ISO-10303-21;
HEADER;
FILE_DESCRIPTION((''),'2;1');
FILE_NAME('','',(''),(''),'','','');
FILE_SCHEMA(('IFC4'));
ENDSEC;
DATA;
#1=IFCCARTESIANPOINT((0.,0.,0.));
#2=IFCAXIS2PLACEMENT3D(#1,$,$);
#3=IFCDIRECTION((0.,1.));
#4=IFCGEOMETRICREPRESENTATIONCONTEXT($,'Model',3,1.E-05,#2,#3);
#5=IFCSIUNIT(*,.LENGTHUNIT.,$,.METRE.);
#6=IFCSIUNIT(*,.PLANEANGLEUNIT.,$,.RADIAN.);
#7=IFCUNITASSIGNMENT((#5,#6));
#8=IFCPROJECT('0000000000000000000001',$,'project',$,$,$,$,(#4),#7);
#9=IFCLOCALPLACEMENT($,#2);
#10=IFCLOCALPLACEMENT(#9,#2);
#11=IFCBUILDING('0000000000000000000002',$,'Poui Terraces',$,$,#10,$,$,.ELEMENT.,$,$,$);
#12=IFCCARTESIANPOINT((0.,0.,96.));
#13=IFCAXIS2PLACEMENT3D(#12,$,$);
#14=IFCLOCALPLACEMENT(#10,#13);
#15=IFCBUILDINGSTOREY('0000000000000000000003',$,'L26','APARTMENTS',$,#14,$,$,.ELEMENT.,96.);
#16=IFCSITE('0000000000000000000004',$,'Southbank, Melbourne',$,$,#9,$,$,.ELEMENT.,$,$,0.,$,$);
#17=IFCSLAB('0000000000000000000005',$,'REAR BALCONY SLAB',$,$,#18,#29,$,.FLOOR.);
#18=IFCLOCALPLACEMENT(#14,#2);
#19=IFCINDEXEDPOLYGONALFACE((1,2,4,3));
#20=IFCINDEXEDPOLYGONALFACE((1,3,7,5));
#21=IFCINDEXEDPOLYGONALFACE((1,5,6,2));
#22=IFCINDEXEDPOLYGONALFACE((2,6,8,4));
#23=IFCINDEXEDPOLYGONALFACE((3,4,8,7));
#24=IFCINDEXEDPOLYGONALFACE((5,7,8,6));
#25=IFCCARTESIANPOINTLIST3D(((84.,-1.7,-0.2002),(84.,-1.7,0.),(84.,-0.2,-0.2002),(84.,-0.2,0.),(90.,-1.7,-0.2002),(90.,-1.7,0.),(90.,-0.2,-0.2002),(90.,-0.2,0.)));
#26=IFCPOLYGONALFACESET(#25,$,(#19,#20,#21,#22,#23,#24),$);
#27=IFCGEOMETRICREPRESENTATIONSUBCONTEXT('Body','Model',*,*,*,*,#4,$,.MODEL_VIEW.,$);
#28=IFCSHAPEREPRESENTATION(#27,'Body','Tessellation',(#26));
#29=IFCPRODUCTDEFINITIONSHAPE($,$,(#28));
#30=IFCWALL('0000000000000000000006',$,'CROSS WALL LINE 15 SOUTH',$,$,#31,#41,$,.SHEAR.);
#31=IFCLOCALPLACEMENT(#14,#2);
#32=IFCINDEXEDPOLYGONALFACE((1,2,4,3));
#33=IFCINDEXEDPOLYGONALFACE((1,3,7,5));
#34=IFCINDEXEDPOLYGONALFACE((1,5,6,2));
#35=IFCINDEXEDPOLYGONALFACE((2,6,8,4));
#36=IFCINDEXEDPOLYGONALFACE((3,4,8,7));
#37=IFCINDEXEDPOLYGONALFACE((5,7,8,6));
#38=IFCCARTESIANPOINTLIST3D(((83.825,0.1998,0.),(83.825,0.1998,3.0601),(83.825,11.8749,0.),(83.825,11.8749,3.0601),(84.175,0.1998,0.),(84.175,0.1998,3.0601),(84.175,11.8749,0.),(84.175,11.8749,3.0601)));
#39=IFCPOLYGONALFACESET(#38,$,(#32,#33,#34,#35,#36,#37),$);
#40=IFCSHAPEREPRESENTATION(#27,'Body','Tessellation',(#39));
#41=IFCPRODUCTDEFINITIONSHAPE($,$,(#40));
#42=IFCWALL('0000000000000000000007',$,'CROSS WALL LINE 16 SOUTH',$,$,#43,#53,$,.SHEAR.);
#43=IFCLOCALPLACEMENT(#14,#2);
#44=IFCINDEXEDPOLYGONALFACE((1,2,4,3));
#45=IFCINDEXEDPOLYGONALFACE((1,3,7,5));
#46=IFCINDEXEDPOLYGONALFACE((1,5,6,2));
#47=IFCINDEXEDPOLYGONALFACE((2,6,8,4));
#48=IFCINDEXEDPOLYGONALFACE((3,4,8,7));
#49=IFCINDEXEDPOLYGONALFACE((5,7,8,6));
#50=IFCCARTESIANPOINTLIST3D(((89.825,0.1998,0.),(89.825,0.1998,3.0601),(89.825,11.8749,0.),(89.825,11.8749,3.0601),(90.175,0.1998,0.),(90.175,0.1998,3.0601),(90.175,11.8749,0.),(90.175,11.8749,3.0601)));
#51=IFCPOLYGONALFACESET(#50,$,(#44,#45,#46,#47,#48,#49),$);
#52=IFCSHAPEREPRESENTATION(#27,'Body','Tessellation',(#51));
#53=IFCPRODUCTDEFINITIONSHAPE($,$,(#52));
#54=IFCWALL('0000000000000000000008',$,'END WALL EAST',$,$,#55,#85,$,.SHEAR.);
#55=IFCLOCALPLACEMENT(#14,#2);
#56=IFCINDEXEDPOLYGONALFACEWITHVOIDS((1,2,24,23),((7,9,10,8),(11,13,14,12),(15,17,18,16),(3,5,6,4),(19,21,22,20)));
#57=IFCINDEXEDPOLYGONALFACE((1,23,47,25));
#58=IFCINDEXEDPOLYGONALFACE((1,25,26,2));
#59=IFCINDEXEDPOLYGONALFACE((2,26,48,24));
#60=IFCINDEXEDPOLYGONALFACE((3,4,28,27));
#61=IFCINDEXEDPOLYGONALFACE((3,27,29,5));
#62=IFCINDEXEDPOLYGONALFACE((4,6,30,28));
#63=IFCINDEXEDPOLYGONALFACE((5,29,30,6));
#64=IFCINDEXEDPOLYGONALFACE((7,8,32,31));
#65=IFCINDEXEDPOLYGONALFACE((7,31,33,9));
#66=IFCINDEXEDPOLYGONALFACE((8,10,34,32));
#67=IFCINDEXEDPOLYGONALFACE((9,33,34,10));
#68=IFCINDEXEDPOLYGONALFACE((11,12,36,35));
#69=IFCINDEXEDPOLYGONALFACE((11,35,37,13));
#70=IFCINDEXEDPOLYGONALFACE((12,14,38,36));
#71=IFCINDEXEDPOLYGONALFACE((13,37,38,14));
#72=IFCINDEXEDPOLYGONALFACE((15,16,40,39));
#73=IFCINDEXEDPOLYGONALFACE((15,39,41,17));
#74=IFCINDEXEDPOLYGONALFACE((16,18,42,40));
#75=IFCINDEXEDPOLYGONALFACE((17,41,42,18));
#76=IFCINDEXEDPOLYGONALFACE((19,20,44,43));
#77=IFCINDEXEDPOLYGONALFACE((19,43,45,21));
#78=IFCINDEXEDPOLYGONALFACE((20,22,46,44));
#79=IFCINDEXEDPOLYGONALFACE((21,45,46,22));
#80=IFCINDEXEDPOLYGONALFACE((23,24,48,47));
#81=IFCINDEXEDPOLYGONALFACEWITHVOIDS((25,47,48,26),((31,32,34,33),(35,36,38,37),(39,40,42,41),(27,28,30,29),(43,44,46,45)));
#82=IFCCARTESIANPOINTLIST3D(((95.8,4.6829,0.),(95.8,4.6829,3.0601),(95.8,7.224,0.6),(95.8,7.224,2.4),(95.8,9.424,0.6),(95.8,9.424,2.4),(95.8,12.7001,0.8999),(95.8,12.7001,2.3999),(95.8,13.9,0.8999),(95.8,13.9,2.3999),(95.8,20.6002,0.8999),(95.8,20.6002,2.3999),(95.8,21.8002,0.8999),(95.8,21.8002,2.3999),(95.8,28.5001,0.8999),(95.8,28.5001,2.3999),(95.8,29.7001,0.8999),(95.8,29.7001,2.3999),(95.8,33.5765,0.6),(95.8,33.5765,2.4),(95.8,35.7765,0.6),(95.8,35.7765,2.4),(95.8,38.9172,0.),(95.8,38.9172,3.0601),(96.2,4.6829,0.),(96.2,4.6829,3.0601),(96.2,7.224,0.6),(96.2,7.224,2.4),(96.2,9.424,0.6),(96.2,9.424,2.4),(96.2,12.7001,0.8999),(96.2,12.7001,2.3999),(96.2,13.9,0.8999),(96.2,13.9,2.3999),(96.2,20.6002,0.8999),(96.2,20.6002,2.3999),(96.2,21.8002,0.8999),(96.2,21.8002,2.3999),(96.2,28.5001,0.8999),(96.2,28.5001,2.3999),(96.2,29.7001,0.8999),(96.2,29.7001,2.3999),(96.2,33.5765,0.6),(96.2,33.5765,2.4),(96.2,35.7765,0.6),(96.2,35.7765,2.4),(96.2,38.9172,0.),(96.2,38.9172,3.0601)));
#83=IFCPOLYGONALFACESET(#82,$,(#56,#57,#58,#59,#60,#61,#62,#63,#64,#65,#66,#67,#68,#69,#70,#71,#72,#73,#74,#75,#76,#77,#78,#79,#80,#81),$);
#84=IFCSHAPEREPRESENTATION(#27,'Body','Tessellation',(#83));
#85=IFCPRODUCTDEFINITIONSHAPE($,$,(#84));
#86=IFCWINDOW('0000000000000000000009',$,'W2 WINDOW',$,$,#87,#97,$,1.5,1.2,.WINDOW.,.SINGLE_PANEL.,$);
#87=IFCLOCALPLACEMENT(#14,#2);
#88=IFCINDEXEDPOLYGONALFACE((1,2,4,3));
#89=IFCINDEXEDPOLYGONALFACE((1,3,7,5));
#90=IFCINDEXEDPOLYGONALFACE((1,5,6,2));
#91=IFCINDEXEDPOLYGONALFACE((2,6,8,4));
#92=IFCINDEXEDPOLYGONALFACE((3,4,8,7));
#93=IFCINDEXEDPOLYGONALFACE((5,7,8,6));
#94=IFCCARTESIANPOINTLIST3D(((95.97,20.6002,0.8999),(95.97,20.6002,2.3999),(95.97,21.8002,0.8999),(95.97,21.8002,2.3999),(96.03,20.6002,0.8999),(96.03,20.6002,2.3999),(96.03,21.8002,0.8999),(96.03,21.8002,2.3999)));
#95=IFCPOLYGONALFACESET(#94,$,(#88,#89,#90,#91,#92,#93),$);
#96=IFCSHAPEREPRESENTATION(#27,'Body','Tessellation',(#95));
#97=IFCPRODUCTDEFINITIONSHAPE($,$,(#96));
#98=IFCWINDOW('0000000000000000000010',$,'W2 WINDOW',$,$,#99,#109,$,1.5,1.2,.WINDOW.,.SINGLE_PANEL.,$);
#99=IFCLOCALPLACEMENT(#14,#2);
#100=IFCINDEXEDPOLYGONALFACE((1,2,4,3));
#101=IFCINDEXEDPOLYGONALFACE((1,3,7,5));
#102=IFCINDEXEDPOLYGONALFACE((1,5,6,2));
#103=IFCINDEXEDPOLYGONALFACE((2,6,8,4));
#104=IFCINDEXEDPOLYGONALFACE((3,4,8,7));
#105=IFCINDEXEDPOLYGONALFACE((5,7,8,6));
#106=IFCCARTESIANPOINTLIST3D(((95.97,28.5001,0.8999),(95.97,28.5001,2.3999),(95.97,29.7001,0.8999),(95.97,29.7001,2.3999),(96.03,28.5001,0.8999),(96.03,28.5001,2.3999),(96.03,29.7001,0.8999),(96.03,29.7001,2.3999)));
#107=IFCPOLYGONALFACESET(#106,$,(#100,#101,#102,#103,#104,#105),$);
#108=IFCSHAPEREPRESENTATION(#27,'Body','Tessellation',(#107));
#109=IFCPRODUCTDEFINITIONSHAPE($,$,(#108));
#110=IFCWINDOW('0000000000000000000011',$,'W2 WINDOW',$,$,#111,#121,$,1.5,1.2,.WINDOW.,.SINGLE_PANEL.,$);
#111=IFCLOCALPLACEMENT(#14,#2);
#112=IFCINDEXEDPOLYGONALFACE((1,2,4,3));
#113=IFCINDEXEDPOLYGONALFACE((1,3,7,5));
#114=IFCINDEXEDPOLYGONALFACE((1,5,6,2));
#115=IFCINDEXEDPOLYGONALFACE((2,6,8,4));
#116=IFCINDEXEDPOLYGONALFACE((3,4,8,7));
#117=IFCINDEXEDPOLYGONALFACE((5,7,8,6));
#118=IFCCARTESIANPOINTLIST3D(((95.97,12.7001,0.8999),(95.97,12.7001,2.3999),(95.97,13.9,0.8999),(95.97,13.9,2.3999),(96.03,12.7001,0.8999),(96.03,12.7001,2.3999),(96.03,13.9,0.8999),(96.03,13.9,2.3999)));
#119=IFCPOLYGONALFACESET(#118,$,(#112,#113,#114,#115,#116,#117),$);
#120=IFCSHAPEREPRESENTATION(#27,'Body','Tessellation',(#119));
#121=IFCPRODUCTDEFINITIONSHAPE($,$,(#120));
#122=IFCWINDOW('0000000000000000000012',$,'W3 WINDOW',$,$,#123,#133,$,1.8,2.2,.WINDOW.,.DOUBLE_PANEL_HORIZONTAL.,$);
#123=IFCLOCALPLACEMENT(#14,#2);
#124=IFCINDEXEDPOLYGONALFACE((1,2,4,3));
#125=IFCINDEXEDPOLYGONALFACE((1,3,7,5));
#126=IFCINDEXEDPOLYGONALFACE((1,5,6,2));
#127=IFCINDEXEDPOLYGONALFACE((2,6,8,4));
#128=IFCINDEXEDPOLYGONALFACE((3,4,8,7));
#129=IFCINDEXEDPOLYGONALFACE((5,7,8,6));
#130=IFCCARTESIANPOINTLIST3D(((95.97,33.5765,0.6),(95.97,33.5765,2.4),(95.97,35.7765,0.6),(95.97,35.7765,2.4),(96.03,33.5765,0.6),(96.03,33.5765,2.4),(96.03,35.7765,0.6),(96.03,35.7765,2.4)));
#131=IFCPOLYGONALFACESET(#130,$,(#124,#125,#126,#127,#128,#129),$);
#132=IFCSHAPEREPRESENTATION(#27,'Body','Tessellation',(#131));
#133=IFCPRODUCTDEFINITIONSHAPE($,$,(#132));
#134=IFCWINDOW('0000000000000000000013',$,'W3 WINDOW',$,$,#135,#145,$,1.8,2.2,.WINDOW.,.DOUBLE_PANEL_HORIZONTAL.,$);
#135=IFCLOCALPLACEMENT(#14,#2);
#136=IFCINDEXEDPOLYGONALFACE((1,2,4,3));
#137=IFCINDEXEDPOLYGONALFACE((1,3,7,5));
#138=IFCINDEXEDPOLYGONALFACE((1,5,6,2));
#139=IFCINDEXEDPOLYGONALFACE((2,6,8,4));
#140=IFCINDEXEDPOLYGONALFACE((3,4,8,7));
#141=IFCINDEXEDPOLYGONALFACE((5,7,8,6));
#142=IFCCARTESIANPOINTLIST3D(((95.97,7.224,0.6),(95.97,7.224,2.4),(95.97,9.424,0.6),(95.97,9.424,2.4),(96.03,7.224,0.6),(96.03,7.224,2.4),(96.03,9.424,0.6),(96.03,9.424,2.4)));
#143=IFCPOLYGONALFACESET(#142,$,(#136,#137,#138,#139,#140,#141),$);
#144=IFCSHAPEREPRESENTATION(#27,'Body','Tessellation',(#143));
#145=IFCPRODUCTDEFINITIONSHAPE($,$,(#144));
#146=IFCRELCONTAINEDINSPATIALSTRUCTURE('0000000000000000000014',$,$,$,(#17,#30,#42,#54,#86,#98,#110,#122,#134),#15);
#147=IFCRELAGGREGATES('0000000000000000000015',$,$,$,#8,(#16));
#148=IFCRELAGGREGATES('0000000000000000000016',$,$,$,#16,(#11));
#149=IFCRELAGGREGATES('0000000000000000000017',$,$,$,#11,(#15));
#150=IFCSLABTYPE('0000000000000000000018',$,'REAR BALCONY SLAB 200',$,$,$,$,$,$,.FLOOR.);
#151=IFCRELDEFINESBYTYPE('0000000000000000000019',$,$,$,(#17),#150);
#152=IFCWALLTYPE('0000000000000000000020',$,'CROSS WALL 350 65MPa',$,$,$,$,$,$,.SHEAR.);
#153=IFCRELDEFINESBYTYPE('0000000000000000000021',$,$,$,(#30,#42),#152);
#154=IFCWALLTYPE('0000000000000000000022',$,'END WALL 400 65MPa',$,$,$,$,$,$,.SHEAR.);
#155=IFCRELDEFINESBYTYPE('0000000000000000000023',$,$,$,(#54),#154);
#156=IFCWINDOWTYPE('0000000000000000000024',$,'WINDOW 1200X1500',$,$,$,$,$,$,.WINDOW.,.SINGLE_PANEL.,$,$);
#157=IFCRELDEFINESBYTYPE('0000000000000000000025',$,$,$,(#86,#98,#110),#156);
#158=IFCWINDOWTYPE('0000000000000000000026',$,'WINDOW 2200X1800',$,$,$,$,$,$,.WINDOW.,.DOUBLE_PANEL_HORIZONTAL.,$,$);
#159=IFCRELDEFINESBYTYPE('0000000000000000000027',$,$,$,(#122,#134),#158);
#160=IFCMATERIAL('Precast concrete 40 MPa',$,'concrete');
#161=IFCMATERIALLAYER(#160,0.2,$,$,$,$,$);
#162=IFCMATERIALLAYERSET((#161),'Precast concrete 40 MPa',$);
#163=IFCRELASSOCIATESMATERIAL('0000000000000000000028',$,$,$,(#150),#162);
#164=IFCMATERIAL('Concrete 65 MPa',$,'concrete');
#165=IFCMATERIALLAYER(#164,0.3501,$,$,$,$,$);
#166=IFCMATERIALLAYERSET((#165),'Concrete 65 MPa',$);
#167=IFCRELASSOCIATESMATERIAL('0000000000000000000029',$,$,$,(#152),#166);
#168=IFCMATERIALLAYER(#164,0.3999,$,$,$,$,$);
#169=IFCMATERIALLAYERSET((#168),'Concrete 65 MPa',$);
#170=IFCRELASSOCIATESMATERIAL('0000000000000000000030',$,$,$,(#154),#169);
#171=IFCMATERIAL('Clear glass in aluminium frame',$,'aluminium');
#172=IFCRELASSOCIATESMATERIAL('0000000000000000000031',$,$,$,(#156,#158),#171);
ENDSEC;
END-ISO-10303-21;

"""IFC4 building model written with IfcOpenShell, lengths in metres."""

from ifc_helpers import new_model, si_unit, direction, frame, frame_2d, origin, place, context, subcontext, project, spatial, polyline, rectangle, outline, extrude, source, transform, mapped, material, layer, layer_set, type_object, element, fill, save


model = new_model("IFC4")

# Units and contexts
model_context = context("Model", 3, precision=1e-05, world=origin(), true_north=direction((0.0, 1.0)))
body_context = subcontext(model_context, "Body", "Model", "MODEL_VIEW")
ifc_project = project(units=[si_unit("LENGTHUNIT", "METRE"), si_unit("PLANEANGLEUNIT", "RADIAN")], contexts=[model_context])

# Site, building, storey
site_placement = place(None, origin())
site = spatial("IfcSite", under=ifc_project, at=site_placement, Name="Southbank, Melbourne", CompositionType="ELEMENT", RefElevation=0.0)
building_placement = place(site_placement, origin())
building = spatial("IfcBuilding", under=site, at=building_placement, Name="Poui Terraces", CompositionType="ELEMENT")
storey_placement = place(building_placement, frame((0.0, 0.0, 96.0)))
storey = spatial("IfcBuildingStorey", under=building, at=storey_placement, Name="L26", Description="APARTMENTS", CompositionType="ELEMENT", Elevation=96.0)

# Slab
ifc_material_1 = material(Name="Precast concrete 40 MPa", Category="concrete")
ifc_layer_1 = layer(ifc_material_1, 0.2)
ifc_layer_set_1 = layer_set([ifc_layer_1], Name="Precast concrete 40 MPa")
slab_type = type_object("IfcSlabType", Name="REAR BALCONY SLAB 200", PredefinedType="FLOOR", material=ifc_layer_set_1)
shared_shape_1 = source(origin(), body_context, "Body", "SweptSolid", [
    extrude(outline(polyline([(0.0, 0.0), (6.0, 0.0), (6.0, 1.5), (0.0, 1.5), (0.0, 0.0)])), origin(), (0.0, 0.0, 1.0), 0.2002),
])
slab_placement = place(storey_placement, frame((84.0, -1.7, -0.2002)))
element("IfcSlab", 1, at=slab_placement, inside=storey, type_object=slab_type, Name="REAR BALCONY SLAB", PredefinedType="FLOOR", context=body_context, shape_type="MappedRepresentation", body=[
    mapped(shared_shape_1, transform((0.0, 0.0, 0.0))),
])

# Walls
ifc_material_2 = material(Name="Concrete 65 MPa", Category="concrete")
ifc_layer_2 = layer(ifc_material_2, 0.3501)
ifc_layer_set_2 = layer_set([ifc_layer_2], Name="Concrete 65 MPa")
wall_type_1 = type_object("IfcWallType", Name="CROSS WALL 350 65MPa", PredefinedType="SHEAR", material=ifc_layer_set_2)
for number, where, z_axis, x_axis, name in (
    (2, (84.0, 0.2, 0.0), (0.0, 0.0, 1.0), (0.0, 1.0, 0.0), "CROSS WALL LINE 15 SOUTH"),
    (3, (90.0, 0.2, 0.0), (0.0, 0.0, 1.0), (0.0, 1.0, 0.0), "CROSS WALL LINE 16 SOUTH"),
):
    element("IfcWall", number, at=place(storey_placement, frame(where, z_axis=z_axis, x_axis=x_axis)), inside=storey, type_object=wall_type_1, Name=name, PredefinedType="SHEAR", context=body_context, shape_type="SweptSolid", body=[
        extrude(rectangle(XDim=11.675, YDim=0.3501, at=frame_2d((5.8374, 0.0))), origin(), (0.0, 0.0, 1.0), 3.0601),
    ])

# Wall, openings, windows
ifc_layer_3 = layer(ifc_material_2, 0.3999)
ifc_layer_set_3 = layer_set([ifc_layer_3], Name="Concrete 65 MPa")
wall_type_2 = type_object("IfcWallType", Name="END WALL 400 65MPa", PredefinedType="SHEAR", material=ifc_layer_set_3)
wall_1_placement = place(storey_placement, frame((96.0, 4.6829, 0.0), z_axis=(0.0, 0.0, 1.0), x_axis=(0.0, 1.0, 0.0)))
wall_1 = element("IfcWall", 4, at=wall_1_placement, inside=storey, type_object=wall_type_2, Name="END WALL EAST", PredefinedType="SHEAR", context=body_context, shape_type="SweptSolid", body=[
    extrude(rectangle(XDim=34.2344, YDim=0.3999, at=frame_2d((17.1172, 0.0))), origin(), (0.0, 0.0, 1.0), 3.0601),
])
opening_1_placement = place(wall_1_placement, frame((15.9172, 0.0, 0.8999)))
opening_1 = element("IfcOpeningElement", 5, at=opening_1_placement, cuts=wall_1, PredefinedType="OPENING", context=body_context, shape_type="SweptSolid", body=[
    extrude(rectangle(XDim=1.2, YDim=1.5, at=frame_2d((0.6001, 0.75))), frame((0.0, 0.21, 0.0), z_axis=(0.0, -1.0, 0.0), x_axis=(1.0, 0.0, 0.0)), (0.0, 0.0, 1.0), 0.4199),
])
opening_2_placement = place(wall_1_placement, frame((23.8171, 0.0, 0.8999)))
opening_2 = element("IfcOpeningElement", 6, at=opening_2_placement, cuts=wall_1, PredefinedType="OPENING", context=body_context, shape_type="SweptSolid", body=[
    extrude(rectangle(XDim=1.2, YDim=1.5, at=frame_2d((0.6001, 0.75))), frame((0.0, 0.21, 0.0), z_axis=(0.0, -1.0, 0.0), x_axis=(1.0, 0.0, 0.0)), (0.0, 0.0, 1.0), 0.4199),
])
opening_3_placement = place(wall_1_placement, frame((8.0171, 0.0, 0.8999)))
opening_3 = element("IfcOpeningElement", 7, at=opening_3_placement, cuts=wall_1, PredefinedType="OPENING", context=body_context, shape_type="SweptSolid", body=[
    extrude(rectangle(XDim=1.2, YDim=1.5, at=frame_2d((0.6001, 0.75))), frame((0.0, 0.21, 0.0), z_axis=(0.0, -1.0, 0.0), x_axis=(1.0, 0.0, 0.0)), (0.0, 0.0, 1.0), 0.4199),
])
opening_4_placement = place(wall_1_placement, frame((28.8936, 0.0, 0.6001)))
opening_4 = element("IfcOpeningElement", 8, at=opening_4_placement, cuts=wall_1, PredefinedType="OPENING", context=body_context, shape_type="SweptSolid", body=[
    extrude(rectangle(XDim=2.2, YDim=1.8, at=frame_2d((1.1001, 0.8999))), frame((0.0, 0.21, 0.0), z_axis=(0.0, -1.0, 0.0), x_axis=(1.0, 0.0, 0.0)), (0.0, 0.0, 1.0), 0.4199),
])
opening_5_placement = place(wall_1_placement, frame((2.541, 0.0, 0.6001)))
opening_5 = element("IfcOpeningElement", 9, at=opening_5_placement, cuts=wall_1, PredefinedType="OPENING", context=body_context, shape_type="SweptSolid", body=[
    extrude(rectangle(XDim=2.2, YDim=1.8, at=frame_2d((1.1001, 0.8999))), frame((0.0, 0.21, 0.0), z_axis=(0.0, -1.0, 0.0), x_axis=(1.0, 0.0, 0.0)), (0.0, 0.0, 1.0), 0.4199),
])
ifc_material_3 = material(Name="Clear glass in aluminium frame", Category="aluminium")
window_type_1 = type_object("IfcWindowType", Name="WINDOW 1200X1500", PartitioningType="SINGLE_PANEL", PredefinedType="WINDOW", material=ifc_material_3)
window_1_placement = place(opening_1_placement, origin())
window_1 = element("IfcWindow", 10, at=window_1_placement, inside=storey, type_object=window_type_1, Name="W2 WINDOW", OverallHeight=1.5, OverallWidth=1.2, PartitioningType="SINGLE_PANEL", PredefinedType="WINDOW", context=body_context, shape_type="SweptSolid", body=[
    extrude(rectangle(XDim=1.2, YDim=1.5, at=frame_2d((0.6001, 0.75))), frame((0.0, 0.03, 0.0), z_axis=(0.0, -1.0, 0.0), x_axis=(1.0, 0.0, 0.0)), (0.0, 0.0, 1.0), 0.0601),
])
fill(opening_1, window_1)
window_2_placement = place(opening_2_placement, origin())
window_2 = element("IfcWindow", 11, at=window_2_placement, inside=storey, type_object=window_type_1, Name="W2 WINDOW", OverallHeight=1.5, OverallWidth=1.2, PartitioningType="SINGLE_PANEL", PredefinedType="WINDOW", context=body_context, shape_type="SweptSolid", body=[
    extrude(rectangle(XDim=1.2, YDim=1.5, at=frame_2d((0.6001, 0.75))), frame((0.0, 0.03, 0.0), z_axis=(0.0, -1.0, 0.0), x_axis=(1.0, 0.0, 0.0)), (0.0, 0.0, 1.0), 0.0601),
])
fill(opening_2, window_2)
window_3_placement = place(opening_3_placement, origin())
window_3 = element("IfcWindow", 12, at=window_3_placement, inside=storey, type_object=window_type_1, Name="W2 WINDOW", OverallHeight=1.5, OverallWidth=1.2, PartitioningType="SINGLE_PANEL", PredefinedType="WINDOW", context=body_context, shape_type="SweptSolid", body=[
    extrude(rectangle(XDim=1.2, YDim=1.5, at=frame_2d((0.6001, 0.75))), frame((0.0, 0.03, 0.0), z_axis=(0.0, -1.0, 0.0), x_axis=(1.0, 0.0, 0.0)), (0.0, 0.0, 1.0), 0.0601),
])
fill(opening_3, window_3)
window_type_2 = type_object("IfcWindowType", Name="WINDOW 2200X1800", PartitioningType="DOUBLE_PANEL_HORIZONTAL", PredefinedType="WINDOW", material=ifc_material_3)
window_4_placement = place(opening_4_placement, origin())
window_4 = element("IfcWindow", 13, at=window_4_placement, inside=storey, type_object=window_type_2, Name="W3 WINDOW", OverallHeight=1.8, OverallWidth=2.2, PartitioningType="DOUBLE_PANEL_HORIZONTAL", PredefinedType="WINDOW", context=body_context, shape_type="SweptSolid", body=[
    extrude(rectangle(XDim=2.2, YDim=1.8, at=frame_2d((1.1001, 0.8999))), frame((0.0, 0.03, 0.0), z_axis=(0.0, -1.0, 0.0), x_axis=(1.0, 0.0, 0.0)), (0.0, 0.0, 1.0), 0.0601),
])
fill(opening_4, window_4)
window_5_placement = place(opening_5_placement, origin())
window_5 = element("IfcWindow", 14, at=window_5_placement, inside=storey, type_object=window_type_2, Name="W3 WINDOW", OverallHeight=1.8, OverallWidth=2.2, PartitioningType="DOUBLE_PANEL_HORIZONTAL", PredefinedType="WINDOW", context=body_context, shape_type="SweptSolid", body=[
    extrude(rectangle(XDim=2.2, YDim=1.8, at=frame_2d((1.1001, 0.8999))), frame((0.0, 0.03, 0.0), z_axis=(0.0, -1.0, 0.0), x_axis=(1.0, 0.0, 0.0)), (0.0, 0.0, 1.0), 0.0601),
])
fill(opening_5, window_5)

save(model, "model.ifc")
